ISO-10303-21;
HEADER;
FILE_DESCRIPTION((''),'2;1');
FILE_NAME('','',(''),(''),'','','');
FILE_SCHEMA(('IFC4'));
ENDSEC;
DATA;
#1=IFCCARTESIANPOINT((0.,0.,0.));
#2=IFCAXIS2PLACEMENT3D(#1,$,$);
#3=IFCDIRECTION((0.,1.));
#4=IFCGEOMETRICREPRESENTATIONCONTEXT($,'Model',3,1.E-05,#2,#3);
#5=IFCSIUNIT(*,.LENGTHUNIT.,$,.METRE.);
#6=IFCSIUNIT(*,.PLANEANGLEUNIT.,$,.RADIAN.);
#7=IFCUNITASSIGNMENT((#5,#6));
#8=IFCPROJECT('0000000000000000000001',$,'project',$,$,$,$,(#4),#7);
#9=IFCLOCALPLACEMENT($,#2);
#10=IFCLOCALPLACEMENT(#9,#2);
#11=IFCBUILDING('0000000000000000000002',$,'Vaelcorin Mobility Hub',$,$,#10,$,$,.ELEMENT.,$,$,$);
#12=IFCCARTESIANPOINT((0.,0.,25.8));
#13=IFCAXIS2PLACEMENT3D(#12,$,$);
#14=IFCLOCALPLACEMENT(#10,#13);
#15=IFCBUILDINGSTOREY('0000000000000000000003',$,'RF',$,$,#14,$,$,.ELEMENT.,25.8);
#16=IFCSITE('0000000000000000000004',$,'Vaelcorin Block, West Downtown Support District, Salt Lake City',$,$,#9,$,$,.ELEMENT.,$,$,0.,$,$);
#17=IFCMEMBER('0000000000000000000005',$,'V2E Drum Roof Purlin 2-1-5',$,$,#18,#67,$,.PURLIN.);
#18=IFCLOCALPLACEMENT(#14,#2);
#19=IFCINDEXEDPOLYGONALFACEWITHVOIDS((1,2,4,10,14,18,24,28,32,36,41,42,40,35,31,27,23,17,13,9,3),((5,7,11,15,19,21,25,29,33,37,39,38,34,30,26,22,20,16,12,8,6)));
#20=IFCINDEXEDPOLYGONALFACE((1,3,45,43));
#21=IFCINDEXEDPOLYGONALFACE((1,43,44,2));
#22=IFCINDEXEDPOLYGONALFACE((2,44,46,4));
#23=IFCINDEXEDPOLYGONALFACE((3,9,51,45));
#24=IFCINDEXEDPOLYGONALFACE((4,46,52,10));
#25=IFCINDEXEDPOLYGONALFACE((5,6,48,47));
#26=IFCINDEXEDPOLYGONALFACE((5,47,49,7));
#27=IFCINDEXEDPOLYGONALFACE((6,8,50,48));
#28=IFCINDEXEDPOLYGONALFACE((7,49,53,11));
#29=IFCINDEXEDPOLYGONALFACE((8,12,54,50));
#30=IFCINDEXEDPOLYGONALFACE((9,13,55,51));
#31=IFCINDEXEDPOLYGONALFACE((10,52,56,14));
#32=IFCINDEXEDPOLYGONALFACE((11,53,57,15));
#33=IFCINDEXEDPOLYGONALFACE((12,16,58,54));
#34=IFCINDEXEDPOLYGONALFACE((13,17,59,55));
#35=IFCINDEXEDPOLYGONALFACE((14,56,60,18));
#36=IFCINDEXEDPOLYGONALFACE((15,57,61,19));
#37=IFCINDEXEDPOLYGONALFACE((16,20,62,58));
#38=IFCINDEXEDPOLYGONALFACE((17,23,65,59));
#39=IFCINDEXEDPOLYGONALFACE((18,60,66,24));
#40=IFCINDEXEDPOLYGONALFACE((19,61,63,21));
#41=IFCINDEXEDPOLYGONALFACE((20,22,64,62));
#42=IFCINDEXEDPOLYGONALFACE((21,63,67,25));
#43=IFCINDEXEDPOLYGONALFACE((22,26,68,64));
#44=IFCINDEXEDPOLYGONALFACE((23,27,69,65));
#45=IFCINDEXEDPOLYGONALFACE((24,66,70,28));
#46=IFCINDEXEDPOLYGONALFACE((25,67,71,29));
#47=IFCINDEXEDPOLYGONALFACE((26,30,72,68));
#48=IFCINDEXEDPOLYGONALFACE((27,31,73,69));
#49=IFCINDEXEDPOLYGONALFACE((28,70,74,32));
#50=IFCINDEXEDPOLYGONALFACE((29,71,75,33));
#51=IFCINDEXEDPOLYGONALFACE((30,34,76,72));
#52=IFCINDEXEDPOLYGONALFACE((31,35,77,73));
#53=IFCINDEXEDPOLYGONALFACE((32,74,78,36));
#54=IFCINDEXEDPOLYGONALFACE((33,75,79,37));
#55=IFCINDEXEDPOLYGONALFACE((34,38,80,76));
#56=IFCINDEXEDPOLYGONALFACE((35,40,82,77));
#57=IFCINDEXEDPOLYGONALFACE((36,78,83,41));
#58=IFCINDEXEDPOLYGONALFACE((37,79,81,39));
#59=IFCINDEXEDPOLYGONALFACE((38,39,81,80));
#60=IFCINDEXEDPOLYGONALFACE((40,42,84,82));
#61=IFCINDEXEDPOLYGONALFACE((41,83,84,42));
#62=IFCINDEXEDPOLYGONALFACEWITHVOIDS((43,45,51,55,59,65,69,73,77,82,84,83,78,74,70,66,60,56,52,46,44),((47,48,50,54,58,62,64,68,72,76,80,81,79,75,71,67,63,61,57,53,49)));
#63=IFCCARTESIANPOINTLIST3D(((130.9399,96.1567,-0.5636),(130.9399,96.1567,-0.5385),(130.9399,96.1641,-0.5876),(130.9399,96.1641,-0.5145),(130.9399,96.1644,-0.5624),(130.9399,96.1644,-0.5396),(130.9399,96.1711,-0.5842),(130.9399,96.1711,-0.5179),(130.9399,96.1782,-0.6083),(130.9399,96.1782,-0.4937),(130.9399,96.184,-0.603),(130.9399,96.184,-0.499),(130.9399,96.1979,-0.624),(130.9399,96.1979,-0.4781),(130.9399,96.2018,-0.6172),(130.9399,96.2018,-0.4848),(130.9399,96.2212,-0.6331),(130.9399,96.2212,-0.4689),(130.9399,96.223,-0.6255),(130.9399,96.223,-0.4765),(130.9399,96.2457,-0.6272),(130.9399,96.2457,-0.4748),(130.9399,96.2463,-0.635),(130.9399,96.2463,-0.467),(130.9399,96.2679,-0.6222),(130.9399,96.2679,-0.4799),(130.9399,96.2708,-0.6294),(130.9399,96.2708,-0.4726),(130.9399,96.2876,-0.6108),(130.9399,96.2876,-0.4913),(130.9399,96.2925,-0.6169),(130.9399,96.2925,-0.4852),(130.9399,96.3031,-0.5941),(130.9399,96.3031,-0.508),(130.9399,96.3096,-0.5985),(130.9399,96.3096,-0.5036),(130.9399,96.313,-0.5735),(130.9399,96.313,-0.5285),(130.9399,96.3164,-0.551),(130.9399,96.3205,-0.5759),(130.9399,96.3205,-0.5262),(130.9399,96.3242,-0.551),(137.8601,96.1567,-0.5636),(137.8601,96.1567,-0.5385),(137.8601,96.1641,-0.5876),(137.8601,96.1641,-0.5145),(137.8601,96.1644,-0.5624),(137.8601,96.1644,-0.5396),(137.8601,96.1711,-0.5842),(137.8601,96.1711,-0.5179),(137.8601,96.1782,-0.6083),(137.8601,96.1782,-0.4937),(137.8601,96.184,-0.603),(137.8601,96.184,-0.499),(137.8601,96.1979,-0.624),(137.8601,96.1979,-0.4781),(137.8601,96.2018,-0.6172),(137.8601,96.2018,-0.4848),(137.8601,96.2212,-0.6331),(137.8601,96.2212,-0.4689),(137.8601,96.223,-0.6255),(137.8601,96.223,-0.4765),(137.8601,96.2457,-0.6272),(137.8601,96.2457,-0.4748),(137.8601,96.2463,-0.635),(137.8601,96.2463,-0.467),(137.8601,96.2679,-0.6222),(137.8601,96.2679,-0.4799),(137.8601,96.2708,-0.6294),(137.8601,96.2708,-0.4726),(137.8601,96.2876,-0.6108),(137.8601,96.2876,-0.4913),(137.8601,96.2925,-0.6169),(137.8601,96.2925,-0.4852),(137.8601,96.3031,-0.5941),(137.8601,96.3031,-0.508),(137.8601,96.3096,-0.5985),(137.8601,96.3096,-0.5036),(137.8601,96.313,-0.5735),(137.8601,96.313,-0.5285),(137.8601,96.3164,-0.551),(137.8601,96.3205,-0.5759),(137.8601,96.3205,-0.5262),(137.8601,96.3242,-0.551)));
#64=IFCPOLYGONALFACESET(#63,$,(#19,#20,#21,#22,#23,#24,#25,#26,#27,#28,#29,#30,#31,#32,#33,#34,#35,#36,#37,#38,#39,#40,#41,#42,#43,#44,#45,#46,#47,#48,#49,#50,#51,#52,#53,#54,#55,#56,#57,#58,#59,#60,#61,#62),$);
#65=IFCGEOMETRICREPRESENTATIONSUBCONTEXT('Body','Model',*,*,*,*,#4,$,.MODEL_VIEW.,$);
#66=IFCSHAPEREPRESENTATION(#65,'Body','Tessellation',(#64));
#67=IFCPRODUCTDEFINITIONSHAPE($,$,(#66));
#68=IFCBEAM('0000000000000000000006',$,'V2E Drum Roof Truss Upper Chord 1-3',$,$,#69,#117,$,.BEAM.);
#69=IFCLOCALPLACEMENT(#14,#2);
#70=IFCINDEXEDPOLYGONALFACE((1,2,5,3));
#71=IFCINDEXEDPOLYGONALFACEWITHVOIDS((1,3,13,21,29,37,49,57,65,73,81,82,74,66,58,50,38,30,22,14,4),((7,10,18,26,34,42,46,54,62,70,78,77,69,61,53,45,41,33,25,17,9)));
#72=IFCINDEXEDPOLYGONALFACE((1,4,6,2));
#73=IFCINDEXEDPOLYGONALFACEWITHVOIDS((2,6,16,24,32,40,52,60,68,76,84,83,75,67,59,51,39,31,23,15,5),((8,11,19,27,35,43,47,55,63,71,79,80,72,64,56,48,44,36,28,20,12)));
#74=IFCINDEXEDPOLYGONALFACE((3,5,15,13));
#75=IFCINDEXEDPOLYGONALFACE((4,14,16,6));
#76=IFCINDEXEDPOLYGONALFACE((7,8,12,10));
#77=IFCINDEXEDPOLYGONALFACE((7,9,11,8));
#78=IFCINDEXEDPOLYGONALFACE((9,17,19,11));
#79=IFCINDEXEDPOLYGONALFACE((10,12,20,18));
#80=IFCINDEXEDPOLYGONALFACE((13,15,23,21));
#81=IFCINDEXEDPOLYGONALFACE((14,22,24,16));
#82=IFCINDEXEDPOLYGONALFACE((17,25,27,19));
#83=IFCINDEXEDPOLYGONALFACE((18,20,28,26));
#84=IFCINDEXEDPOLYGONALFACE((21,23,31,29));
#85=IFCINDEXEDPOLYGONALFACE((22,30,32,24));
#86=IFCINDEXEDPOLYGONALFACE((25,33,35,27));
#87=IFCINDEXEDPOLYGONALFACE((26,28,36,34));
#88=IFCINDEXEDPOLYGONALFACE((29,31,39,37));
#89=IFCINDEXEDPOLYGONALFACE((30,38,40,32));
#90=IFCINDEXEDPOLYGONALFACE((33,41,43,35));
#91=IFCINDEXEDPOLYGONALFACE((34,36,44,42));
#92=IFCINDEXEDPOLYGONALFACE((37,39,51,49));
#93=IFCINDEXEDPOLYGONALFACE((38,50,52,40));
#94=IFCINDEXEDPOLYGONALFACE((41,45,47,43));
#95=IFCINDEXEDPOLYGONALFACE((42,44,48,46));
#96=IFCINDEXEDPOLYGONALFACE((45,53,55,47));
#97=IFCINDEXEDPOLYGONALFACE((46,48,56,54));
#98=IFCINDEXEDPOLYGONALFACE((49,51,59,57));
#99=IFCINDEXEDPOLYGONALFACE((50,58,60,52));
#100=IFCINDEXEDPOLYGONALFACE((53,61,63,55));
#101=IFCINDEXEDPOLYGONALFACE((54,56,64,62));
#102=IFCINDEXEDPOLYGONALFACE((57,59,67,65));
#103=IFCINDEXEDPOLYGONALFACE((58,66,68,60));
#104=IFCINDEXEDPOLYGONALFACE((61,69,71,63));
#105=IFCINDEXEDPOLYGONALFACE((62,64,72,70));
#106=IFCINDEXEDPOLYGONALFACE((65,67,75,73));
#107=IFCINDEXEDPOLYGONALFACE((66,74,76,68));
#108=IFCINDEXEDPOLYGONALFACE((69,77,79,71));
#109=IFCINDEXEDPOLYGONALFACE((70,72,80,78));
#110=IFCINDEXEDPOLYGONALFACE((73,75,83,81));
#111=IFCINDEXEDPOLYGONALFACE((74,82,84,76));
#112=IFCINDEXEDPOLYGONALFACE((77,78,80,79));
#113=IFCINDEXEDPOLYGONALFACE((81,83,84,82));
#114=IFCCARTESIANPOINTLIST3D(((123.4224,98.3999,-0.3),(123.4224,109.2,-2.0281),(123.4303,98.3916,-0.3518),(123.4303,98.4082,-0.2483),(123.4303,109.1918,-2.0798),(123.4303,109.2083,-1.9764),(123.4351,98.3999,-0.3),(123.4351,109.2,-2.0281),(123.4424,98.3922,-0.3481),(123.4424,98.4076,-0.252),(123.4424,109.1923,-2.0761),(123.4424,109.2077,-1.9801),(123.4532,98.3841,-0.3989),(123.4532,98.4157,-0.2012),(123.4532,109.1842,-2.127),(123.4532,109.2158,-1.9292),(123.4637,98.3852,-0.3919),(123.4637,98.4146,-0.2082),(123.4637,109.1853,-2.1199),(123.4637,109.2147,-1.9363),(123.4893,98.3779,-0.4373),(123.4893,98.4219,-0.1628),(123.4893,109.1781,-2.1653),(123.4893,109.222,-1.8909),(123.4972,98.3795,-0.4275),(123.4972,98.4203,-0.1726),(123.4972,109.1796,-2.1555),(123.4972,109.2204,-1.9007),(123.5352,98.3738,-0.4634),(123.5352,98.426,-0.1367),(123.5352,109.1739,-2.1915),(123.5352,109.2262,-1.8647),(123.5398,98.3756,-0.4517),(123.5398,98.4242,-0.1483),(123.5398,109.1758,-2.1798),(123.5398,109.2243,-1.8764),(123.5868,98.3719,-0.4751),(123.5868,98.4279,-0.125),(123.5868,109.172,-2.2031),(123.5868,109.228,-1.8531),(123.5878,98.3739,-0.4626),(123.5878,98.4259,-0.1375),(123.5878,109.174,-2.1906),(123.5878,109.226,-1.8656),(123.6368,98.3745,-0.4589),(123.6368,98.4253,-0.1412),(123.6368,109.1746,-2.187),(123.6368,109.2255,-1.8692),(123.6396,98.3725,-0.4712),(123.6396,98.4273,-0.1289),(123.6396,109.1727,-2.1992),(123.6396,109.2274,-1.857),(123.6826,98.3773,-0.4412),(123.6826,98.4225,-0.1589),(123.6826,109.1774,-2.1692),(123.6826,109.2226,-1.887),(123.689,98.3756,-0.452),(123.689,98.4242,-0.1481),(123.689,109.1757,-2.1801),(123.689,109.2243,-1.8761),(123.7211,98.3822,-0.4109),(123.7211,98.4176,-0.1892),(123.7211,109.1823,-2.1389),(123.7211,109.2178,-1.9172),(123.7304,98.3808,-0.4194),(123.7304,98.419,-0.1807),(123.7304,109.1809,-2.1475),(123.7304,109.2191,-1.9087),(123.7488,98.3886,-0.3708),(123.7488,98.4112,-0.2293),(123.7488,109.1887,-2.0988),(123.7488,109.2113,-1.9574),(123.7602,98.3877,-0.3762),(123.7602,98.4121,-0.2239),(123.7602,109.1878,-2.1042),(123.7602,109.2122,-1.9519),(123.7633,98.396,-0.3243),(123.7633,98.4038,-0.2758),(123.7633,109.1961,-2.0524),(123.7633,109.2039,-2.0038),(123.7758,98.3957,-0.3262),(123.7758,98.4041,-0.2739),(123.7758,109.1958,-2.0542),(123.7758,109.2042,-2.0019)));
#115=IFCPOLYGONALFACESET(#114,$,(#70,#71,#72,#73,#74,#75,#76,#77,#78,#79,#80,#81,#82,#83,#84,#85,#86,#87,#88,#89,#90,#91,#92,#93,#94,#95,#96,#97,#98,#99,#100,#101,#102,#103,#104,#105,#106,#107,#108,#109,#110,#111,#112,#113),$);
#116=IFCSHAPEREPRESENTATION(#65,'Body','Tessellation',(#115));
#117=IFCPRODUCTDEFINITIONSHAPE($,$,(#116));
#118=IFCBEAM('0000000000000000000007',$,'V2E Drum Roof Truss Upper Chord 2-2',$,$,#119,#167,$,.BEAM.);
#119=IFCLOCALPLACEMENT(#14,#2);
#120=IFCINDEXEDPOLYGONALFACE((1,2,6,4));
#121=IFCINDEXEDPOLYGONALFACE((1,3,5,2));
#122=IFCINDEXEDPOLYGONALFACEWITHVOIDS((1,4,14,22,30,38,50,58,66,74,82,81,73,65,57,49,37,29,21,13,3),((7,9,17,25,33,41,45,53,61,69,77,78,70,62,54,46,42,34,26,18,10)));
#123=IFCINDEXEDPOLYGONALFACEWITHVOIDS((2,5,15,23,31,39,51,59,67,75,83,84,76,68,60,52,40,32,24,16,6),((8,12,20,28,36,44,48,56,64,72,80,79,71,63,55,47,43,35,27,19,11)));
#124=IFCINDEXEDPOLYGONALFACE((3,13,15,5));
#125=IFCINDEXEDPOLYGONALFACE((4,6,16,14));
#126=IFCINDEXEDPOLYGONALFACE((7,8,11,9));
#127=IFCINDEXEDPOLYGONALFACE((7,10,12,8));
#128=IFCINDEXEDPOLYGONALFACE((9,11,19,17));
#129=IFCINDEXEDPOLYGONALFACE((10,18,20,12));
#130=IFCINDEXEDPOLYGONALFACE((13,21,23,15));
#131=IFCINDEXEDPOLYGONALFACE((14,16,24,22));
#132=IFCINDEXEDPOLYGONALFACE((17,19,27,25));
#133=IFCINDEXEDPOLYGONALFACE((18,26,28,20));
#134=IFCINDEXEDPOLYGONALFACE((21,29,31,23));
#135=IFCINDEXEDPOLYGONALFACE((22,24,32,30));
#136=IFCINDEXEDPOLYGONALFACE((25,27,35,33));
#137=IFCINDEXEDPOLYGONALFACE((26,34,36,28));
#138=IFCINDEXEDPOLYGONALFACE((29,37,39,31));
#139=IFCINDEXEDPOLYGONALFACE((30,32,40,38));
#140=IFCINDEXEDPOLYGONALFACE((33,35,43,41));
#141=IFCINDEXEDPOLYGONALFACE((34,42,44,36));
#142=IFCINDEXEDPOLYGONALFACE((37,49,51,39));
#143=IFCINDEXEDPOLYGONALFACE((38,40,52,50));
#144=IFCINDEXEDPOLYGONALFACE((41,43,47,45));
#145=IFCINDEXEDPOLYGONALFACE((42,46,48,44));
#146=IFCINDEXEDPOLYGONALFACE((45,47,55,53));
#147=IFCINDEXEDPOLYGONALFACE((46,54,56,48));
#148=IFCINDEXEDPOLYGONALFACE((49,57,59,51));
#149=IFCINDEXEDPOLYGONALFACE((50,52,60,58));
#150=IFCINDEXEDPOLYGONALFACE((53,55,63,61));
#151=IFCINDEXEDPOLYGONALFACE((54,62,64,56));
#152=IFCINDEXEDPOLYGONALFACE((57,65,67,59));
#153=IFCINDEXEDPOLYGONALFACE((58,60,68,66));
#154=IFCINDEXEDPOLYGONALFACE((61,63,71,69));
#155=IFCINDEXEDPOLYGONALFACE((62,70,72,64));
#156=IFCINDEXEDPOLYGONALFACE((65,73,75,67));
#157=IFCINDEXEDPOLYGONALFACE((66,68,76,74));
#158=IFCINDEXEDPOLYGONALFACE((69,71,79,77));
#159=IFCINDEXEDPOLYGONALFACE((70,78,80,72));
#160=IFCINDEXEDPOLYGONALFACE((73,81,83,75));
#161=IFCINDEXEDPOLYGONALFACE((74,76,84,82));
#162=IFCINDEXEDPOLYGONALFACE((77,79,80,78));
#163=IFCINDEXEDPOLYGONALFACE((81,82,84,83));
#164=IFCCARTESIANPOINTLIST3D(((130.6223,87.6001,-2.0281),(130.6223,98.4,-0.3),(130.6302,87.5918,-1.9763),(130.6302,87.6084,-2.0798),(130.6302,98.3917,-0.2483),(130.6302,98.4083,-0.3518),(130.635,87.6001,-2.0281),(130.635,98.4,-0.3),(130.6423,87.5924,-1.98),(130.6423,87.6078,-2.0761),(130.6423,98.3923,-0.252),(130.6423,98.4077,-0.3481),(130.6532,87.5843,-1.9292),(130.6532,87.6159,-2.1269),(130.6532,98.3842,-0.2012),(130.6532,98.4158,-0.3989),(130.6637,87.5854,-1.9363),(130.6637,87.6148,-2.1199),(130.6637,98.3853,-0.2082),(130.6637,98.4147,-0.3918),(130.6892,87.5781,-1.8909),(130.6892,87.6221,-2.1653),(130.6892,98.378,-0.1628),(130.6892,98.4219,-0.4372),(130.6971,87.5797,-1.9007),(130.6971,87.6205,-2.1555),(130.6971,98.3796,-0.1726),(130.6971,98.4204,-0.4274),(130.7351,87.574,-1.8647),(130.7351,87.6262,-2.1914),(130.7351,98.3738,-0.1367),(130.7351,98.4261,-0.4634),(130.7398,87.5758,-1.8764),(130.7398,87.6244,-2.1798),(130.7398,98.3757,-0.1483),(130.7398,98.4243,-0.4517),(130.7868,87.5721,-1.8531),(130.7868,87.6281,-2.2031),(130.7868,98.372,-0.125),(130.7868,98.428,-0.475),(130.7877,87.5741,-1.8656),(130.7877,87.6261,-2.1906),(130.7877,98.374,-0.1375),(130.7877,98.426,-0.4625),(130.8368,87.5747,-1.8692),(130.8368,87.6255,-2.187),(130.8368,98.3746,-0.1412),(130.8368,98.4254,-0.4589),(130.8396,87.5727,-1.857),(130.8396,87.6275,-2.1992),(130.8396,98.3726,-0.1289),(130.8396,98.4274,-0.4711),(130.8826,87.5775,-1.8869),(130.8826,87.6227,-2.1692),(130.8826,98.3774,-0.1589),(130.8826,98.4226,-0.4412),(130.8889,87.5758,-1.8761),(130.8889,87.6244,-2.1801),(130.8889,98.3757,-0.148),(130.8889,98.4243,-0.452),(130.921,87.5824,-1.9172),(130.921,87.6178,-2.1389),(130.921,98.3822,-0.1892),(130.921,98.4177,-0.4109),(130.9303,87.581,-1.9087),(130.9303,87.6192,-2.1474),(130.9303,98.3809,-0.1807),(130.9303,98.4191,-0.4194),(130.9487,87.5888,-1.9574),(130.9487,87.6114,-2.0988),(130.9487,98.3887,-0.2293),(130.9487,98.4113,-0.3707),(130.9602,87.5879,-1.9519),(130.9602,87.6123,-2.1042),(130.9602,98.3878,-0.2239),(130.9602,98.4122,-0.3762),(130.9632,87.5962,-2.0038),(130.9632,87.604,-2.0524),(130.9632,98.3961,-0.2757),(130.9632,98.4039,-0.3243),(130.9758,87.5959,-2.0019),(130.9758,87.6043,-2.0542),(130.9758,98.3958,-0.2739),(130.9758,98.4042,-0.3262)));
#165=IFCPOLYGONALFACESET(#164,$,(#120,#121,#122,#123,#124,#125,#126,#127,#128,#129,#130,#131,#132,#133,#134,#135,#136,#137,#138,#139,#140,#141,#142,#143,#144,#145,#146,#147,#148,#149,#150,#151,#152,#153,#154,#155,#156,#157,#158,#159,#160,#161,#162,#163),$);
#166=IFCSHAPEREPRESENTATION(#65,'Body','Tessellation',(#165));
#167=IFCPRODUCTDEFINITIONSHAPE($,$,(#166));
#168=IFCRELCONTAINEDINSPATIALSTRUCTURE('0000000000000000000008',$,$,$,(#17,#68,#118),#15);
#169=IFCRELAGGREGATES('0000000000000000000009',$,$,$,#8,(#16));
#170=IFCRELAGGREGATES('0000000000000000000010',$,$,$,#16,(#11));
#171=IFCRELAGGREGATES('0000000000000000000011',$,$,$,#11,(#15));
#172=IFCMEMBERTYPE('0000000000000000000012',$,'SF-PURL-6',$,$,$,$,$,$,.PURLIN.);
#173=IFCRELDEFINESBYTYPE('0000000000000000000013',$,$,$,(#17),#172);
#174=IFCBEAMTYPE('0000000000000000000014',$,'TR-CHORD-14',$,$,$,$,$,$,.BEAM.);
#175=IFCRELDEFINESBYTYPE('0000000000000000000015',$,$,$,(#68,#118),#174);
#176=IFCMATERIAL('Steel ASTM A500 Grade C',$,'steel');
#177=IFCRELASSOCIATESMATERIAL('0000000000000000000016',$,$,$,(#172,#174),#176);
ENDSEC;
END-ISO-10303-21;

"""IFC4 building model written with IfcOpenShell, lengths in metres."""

from ifc_helpers import new_model, si_unit, direction, frame, origin, origin_2d, place, context, subcontext, project, spatial, hollow_circle, extrude, material, material_profile, profile_set, type_object, element, save


model = new_model("IFC4")

# Units and contexts
model_context = context("Model", 3, precision=1e-05, world=origin(), true_north=direction((0.0, 1.0)))
body_context = subcontext(model_context, "Body", "Model", "MODEL_VIEW")
ifc_project = project(units=[si_unit("LENGTHUNIT", "METRE"), si_unit("PLANEANGLEUNIT", "RADIAN")], contexts=[model_context])

# Site, building, storey
site_placement = place(None, origin())
site = spatial("IfcSite", under=ifc_project, at=site_placement, Name="Vaelcorin Block, West Downtown Support District, Salt Lake City", CompositionType="ELEMENT", RefElevation=0.0)
building_placement = place(site_placement, origin())
building = spatial("IfcBuilding", under=site, at=building_placement, Name="Vaelcorin Mobility Hub", CompositionType="ELEMENT")
storey_placement = place(building_placement, frame((0.0, 0.0, 25.8)))
storey = spatial("IfcBuildingStorey", under=building, at=storey_placement, Name="RF", CompositionType="ELEMENT", Elevation=25.8)

# Member
ifc_material_1 = material(Name="Steel ASTM A500 Grade C", Category="steel")
ifc_material_profile_1 = material_profile(ifc_material_1, hollow_circle(Radius=0.0842, WallThickness=0.0078, at=origin_2d()), Name="HSS6.625X0.312")
ifc_profile_set_1 = profile_set([ifc_material_profile_1], Name="Steel ASTM A500 Grade C")
member_type_1 = type_object("IfcMemberType", Name="SF-PURL-6", PredefinedType="PURLIN", material=ifc_profile_set_1)
for number, where, z_axis, x_axis, name in (
    (1, (130.9399, 96.24, -0.551), (1.0, 0.0, 0.0), (0.0, 1.0, 0.0), "V2E Drum Roof Purlin 2-1-5"),
):
    element("IfcMember", number, at=place(storey_placement, frame(where, z_axis=z_axis, x_axis=x_axis)), inside=storey, type_object=member_type_1, Name=name, PredefinedType="PURLIN", context=body_context, shape_type="SweptSolid", body=[
        extrude(hollow_circle(Radius=0.0842, WallThickness=0.0078, at=origin_2d()), origin(), (0.0, 0.0, 1.0), 6.9202),
    ])

# Beams
ifc_material_profile_2 = material_profile(ifc_material_1, hollow_circle(Radius=0.1777, WallThickness=0.0127, at=origin_2d()), Name="HSS14.000X0.500")
ifc_profile_set_2 = profile_set([ifc_material_profile_2], Name="Steel ASTM A500 Grade C")
beam_type_1 = type_object("IfcBeamType", Name="TR-CHORD-14", PredefinedType="BEAM", material=ifc_profile_set_2)
beam_1_placement = place(storey_placement, frame((123.6001, 98.3999, -0.3), z_axis=(0.0, 0.98744, -0.157992), x_axis=(-1.0, 0.0, 0.0)))
element("IfcBeam", 2, at=beam_1_placement, inside=storey, type_object=beam_type_1, Name="V2E Drum Roof Truss Upper Chord 1-3", PredefinedType="BEAM", context=body_context, shape_type="SweptSolid", body=[
    extrude(hollow_circle(Radius=0.1777, WallThickness=0.0127, at=origin_2d()), origin(), (0.0, 0.0, 1.0), 10.9375),
])
beam_2_placement = place(storey_placement, frame((130.8, 87.6001, -2.0281), z_axis=(0.0, 0.98744, 0.157996), x_axis=(-1.0, 0.0, 0.0)))
element("IfcBeam", 3, at=beam_2_placement, inside=storey, type_object=beam_type_1, Name="V2E Drum Roof Truss Upper Chord 2-2", PredefinedType="BEAM", context=body_context, shape_type="SweptSolid", body=[
    extrude(hollow_circle(Radius=0.1777, WallThickness=0.0127, at=origin_2d()), origin(), (0.0, 0.0, 1.0), 10.9373),
])

save(model, "model.ifc")
